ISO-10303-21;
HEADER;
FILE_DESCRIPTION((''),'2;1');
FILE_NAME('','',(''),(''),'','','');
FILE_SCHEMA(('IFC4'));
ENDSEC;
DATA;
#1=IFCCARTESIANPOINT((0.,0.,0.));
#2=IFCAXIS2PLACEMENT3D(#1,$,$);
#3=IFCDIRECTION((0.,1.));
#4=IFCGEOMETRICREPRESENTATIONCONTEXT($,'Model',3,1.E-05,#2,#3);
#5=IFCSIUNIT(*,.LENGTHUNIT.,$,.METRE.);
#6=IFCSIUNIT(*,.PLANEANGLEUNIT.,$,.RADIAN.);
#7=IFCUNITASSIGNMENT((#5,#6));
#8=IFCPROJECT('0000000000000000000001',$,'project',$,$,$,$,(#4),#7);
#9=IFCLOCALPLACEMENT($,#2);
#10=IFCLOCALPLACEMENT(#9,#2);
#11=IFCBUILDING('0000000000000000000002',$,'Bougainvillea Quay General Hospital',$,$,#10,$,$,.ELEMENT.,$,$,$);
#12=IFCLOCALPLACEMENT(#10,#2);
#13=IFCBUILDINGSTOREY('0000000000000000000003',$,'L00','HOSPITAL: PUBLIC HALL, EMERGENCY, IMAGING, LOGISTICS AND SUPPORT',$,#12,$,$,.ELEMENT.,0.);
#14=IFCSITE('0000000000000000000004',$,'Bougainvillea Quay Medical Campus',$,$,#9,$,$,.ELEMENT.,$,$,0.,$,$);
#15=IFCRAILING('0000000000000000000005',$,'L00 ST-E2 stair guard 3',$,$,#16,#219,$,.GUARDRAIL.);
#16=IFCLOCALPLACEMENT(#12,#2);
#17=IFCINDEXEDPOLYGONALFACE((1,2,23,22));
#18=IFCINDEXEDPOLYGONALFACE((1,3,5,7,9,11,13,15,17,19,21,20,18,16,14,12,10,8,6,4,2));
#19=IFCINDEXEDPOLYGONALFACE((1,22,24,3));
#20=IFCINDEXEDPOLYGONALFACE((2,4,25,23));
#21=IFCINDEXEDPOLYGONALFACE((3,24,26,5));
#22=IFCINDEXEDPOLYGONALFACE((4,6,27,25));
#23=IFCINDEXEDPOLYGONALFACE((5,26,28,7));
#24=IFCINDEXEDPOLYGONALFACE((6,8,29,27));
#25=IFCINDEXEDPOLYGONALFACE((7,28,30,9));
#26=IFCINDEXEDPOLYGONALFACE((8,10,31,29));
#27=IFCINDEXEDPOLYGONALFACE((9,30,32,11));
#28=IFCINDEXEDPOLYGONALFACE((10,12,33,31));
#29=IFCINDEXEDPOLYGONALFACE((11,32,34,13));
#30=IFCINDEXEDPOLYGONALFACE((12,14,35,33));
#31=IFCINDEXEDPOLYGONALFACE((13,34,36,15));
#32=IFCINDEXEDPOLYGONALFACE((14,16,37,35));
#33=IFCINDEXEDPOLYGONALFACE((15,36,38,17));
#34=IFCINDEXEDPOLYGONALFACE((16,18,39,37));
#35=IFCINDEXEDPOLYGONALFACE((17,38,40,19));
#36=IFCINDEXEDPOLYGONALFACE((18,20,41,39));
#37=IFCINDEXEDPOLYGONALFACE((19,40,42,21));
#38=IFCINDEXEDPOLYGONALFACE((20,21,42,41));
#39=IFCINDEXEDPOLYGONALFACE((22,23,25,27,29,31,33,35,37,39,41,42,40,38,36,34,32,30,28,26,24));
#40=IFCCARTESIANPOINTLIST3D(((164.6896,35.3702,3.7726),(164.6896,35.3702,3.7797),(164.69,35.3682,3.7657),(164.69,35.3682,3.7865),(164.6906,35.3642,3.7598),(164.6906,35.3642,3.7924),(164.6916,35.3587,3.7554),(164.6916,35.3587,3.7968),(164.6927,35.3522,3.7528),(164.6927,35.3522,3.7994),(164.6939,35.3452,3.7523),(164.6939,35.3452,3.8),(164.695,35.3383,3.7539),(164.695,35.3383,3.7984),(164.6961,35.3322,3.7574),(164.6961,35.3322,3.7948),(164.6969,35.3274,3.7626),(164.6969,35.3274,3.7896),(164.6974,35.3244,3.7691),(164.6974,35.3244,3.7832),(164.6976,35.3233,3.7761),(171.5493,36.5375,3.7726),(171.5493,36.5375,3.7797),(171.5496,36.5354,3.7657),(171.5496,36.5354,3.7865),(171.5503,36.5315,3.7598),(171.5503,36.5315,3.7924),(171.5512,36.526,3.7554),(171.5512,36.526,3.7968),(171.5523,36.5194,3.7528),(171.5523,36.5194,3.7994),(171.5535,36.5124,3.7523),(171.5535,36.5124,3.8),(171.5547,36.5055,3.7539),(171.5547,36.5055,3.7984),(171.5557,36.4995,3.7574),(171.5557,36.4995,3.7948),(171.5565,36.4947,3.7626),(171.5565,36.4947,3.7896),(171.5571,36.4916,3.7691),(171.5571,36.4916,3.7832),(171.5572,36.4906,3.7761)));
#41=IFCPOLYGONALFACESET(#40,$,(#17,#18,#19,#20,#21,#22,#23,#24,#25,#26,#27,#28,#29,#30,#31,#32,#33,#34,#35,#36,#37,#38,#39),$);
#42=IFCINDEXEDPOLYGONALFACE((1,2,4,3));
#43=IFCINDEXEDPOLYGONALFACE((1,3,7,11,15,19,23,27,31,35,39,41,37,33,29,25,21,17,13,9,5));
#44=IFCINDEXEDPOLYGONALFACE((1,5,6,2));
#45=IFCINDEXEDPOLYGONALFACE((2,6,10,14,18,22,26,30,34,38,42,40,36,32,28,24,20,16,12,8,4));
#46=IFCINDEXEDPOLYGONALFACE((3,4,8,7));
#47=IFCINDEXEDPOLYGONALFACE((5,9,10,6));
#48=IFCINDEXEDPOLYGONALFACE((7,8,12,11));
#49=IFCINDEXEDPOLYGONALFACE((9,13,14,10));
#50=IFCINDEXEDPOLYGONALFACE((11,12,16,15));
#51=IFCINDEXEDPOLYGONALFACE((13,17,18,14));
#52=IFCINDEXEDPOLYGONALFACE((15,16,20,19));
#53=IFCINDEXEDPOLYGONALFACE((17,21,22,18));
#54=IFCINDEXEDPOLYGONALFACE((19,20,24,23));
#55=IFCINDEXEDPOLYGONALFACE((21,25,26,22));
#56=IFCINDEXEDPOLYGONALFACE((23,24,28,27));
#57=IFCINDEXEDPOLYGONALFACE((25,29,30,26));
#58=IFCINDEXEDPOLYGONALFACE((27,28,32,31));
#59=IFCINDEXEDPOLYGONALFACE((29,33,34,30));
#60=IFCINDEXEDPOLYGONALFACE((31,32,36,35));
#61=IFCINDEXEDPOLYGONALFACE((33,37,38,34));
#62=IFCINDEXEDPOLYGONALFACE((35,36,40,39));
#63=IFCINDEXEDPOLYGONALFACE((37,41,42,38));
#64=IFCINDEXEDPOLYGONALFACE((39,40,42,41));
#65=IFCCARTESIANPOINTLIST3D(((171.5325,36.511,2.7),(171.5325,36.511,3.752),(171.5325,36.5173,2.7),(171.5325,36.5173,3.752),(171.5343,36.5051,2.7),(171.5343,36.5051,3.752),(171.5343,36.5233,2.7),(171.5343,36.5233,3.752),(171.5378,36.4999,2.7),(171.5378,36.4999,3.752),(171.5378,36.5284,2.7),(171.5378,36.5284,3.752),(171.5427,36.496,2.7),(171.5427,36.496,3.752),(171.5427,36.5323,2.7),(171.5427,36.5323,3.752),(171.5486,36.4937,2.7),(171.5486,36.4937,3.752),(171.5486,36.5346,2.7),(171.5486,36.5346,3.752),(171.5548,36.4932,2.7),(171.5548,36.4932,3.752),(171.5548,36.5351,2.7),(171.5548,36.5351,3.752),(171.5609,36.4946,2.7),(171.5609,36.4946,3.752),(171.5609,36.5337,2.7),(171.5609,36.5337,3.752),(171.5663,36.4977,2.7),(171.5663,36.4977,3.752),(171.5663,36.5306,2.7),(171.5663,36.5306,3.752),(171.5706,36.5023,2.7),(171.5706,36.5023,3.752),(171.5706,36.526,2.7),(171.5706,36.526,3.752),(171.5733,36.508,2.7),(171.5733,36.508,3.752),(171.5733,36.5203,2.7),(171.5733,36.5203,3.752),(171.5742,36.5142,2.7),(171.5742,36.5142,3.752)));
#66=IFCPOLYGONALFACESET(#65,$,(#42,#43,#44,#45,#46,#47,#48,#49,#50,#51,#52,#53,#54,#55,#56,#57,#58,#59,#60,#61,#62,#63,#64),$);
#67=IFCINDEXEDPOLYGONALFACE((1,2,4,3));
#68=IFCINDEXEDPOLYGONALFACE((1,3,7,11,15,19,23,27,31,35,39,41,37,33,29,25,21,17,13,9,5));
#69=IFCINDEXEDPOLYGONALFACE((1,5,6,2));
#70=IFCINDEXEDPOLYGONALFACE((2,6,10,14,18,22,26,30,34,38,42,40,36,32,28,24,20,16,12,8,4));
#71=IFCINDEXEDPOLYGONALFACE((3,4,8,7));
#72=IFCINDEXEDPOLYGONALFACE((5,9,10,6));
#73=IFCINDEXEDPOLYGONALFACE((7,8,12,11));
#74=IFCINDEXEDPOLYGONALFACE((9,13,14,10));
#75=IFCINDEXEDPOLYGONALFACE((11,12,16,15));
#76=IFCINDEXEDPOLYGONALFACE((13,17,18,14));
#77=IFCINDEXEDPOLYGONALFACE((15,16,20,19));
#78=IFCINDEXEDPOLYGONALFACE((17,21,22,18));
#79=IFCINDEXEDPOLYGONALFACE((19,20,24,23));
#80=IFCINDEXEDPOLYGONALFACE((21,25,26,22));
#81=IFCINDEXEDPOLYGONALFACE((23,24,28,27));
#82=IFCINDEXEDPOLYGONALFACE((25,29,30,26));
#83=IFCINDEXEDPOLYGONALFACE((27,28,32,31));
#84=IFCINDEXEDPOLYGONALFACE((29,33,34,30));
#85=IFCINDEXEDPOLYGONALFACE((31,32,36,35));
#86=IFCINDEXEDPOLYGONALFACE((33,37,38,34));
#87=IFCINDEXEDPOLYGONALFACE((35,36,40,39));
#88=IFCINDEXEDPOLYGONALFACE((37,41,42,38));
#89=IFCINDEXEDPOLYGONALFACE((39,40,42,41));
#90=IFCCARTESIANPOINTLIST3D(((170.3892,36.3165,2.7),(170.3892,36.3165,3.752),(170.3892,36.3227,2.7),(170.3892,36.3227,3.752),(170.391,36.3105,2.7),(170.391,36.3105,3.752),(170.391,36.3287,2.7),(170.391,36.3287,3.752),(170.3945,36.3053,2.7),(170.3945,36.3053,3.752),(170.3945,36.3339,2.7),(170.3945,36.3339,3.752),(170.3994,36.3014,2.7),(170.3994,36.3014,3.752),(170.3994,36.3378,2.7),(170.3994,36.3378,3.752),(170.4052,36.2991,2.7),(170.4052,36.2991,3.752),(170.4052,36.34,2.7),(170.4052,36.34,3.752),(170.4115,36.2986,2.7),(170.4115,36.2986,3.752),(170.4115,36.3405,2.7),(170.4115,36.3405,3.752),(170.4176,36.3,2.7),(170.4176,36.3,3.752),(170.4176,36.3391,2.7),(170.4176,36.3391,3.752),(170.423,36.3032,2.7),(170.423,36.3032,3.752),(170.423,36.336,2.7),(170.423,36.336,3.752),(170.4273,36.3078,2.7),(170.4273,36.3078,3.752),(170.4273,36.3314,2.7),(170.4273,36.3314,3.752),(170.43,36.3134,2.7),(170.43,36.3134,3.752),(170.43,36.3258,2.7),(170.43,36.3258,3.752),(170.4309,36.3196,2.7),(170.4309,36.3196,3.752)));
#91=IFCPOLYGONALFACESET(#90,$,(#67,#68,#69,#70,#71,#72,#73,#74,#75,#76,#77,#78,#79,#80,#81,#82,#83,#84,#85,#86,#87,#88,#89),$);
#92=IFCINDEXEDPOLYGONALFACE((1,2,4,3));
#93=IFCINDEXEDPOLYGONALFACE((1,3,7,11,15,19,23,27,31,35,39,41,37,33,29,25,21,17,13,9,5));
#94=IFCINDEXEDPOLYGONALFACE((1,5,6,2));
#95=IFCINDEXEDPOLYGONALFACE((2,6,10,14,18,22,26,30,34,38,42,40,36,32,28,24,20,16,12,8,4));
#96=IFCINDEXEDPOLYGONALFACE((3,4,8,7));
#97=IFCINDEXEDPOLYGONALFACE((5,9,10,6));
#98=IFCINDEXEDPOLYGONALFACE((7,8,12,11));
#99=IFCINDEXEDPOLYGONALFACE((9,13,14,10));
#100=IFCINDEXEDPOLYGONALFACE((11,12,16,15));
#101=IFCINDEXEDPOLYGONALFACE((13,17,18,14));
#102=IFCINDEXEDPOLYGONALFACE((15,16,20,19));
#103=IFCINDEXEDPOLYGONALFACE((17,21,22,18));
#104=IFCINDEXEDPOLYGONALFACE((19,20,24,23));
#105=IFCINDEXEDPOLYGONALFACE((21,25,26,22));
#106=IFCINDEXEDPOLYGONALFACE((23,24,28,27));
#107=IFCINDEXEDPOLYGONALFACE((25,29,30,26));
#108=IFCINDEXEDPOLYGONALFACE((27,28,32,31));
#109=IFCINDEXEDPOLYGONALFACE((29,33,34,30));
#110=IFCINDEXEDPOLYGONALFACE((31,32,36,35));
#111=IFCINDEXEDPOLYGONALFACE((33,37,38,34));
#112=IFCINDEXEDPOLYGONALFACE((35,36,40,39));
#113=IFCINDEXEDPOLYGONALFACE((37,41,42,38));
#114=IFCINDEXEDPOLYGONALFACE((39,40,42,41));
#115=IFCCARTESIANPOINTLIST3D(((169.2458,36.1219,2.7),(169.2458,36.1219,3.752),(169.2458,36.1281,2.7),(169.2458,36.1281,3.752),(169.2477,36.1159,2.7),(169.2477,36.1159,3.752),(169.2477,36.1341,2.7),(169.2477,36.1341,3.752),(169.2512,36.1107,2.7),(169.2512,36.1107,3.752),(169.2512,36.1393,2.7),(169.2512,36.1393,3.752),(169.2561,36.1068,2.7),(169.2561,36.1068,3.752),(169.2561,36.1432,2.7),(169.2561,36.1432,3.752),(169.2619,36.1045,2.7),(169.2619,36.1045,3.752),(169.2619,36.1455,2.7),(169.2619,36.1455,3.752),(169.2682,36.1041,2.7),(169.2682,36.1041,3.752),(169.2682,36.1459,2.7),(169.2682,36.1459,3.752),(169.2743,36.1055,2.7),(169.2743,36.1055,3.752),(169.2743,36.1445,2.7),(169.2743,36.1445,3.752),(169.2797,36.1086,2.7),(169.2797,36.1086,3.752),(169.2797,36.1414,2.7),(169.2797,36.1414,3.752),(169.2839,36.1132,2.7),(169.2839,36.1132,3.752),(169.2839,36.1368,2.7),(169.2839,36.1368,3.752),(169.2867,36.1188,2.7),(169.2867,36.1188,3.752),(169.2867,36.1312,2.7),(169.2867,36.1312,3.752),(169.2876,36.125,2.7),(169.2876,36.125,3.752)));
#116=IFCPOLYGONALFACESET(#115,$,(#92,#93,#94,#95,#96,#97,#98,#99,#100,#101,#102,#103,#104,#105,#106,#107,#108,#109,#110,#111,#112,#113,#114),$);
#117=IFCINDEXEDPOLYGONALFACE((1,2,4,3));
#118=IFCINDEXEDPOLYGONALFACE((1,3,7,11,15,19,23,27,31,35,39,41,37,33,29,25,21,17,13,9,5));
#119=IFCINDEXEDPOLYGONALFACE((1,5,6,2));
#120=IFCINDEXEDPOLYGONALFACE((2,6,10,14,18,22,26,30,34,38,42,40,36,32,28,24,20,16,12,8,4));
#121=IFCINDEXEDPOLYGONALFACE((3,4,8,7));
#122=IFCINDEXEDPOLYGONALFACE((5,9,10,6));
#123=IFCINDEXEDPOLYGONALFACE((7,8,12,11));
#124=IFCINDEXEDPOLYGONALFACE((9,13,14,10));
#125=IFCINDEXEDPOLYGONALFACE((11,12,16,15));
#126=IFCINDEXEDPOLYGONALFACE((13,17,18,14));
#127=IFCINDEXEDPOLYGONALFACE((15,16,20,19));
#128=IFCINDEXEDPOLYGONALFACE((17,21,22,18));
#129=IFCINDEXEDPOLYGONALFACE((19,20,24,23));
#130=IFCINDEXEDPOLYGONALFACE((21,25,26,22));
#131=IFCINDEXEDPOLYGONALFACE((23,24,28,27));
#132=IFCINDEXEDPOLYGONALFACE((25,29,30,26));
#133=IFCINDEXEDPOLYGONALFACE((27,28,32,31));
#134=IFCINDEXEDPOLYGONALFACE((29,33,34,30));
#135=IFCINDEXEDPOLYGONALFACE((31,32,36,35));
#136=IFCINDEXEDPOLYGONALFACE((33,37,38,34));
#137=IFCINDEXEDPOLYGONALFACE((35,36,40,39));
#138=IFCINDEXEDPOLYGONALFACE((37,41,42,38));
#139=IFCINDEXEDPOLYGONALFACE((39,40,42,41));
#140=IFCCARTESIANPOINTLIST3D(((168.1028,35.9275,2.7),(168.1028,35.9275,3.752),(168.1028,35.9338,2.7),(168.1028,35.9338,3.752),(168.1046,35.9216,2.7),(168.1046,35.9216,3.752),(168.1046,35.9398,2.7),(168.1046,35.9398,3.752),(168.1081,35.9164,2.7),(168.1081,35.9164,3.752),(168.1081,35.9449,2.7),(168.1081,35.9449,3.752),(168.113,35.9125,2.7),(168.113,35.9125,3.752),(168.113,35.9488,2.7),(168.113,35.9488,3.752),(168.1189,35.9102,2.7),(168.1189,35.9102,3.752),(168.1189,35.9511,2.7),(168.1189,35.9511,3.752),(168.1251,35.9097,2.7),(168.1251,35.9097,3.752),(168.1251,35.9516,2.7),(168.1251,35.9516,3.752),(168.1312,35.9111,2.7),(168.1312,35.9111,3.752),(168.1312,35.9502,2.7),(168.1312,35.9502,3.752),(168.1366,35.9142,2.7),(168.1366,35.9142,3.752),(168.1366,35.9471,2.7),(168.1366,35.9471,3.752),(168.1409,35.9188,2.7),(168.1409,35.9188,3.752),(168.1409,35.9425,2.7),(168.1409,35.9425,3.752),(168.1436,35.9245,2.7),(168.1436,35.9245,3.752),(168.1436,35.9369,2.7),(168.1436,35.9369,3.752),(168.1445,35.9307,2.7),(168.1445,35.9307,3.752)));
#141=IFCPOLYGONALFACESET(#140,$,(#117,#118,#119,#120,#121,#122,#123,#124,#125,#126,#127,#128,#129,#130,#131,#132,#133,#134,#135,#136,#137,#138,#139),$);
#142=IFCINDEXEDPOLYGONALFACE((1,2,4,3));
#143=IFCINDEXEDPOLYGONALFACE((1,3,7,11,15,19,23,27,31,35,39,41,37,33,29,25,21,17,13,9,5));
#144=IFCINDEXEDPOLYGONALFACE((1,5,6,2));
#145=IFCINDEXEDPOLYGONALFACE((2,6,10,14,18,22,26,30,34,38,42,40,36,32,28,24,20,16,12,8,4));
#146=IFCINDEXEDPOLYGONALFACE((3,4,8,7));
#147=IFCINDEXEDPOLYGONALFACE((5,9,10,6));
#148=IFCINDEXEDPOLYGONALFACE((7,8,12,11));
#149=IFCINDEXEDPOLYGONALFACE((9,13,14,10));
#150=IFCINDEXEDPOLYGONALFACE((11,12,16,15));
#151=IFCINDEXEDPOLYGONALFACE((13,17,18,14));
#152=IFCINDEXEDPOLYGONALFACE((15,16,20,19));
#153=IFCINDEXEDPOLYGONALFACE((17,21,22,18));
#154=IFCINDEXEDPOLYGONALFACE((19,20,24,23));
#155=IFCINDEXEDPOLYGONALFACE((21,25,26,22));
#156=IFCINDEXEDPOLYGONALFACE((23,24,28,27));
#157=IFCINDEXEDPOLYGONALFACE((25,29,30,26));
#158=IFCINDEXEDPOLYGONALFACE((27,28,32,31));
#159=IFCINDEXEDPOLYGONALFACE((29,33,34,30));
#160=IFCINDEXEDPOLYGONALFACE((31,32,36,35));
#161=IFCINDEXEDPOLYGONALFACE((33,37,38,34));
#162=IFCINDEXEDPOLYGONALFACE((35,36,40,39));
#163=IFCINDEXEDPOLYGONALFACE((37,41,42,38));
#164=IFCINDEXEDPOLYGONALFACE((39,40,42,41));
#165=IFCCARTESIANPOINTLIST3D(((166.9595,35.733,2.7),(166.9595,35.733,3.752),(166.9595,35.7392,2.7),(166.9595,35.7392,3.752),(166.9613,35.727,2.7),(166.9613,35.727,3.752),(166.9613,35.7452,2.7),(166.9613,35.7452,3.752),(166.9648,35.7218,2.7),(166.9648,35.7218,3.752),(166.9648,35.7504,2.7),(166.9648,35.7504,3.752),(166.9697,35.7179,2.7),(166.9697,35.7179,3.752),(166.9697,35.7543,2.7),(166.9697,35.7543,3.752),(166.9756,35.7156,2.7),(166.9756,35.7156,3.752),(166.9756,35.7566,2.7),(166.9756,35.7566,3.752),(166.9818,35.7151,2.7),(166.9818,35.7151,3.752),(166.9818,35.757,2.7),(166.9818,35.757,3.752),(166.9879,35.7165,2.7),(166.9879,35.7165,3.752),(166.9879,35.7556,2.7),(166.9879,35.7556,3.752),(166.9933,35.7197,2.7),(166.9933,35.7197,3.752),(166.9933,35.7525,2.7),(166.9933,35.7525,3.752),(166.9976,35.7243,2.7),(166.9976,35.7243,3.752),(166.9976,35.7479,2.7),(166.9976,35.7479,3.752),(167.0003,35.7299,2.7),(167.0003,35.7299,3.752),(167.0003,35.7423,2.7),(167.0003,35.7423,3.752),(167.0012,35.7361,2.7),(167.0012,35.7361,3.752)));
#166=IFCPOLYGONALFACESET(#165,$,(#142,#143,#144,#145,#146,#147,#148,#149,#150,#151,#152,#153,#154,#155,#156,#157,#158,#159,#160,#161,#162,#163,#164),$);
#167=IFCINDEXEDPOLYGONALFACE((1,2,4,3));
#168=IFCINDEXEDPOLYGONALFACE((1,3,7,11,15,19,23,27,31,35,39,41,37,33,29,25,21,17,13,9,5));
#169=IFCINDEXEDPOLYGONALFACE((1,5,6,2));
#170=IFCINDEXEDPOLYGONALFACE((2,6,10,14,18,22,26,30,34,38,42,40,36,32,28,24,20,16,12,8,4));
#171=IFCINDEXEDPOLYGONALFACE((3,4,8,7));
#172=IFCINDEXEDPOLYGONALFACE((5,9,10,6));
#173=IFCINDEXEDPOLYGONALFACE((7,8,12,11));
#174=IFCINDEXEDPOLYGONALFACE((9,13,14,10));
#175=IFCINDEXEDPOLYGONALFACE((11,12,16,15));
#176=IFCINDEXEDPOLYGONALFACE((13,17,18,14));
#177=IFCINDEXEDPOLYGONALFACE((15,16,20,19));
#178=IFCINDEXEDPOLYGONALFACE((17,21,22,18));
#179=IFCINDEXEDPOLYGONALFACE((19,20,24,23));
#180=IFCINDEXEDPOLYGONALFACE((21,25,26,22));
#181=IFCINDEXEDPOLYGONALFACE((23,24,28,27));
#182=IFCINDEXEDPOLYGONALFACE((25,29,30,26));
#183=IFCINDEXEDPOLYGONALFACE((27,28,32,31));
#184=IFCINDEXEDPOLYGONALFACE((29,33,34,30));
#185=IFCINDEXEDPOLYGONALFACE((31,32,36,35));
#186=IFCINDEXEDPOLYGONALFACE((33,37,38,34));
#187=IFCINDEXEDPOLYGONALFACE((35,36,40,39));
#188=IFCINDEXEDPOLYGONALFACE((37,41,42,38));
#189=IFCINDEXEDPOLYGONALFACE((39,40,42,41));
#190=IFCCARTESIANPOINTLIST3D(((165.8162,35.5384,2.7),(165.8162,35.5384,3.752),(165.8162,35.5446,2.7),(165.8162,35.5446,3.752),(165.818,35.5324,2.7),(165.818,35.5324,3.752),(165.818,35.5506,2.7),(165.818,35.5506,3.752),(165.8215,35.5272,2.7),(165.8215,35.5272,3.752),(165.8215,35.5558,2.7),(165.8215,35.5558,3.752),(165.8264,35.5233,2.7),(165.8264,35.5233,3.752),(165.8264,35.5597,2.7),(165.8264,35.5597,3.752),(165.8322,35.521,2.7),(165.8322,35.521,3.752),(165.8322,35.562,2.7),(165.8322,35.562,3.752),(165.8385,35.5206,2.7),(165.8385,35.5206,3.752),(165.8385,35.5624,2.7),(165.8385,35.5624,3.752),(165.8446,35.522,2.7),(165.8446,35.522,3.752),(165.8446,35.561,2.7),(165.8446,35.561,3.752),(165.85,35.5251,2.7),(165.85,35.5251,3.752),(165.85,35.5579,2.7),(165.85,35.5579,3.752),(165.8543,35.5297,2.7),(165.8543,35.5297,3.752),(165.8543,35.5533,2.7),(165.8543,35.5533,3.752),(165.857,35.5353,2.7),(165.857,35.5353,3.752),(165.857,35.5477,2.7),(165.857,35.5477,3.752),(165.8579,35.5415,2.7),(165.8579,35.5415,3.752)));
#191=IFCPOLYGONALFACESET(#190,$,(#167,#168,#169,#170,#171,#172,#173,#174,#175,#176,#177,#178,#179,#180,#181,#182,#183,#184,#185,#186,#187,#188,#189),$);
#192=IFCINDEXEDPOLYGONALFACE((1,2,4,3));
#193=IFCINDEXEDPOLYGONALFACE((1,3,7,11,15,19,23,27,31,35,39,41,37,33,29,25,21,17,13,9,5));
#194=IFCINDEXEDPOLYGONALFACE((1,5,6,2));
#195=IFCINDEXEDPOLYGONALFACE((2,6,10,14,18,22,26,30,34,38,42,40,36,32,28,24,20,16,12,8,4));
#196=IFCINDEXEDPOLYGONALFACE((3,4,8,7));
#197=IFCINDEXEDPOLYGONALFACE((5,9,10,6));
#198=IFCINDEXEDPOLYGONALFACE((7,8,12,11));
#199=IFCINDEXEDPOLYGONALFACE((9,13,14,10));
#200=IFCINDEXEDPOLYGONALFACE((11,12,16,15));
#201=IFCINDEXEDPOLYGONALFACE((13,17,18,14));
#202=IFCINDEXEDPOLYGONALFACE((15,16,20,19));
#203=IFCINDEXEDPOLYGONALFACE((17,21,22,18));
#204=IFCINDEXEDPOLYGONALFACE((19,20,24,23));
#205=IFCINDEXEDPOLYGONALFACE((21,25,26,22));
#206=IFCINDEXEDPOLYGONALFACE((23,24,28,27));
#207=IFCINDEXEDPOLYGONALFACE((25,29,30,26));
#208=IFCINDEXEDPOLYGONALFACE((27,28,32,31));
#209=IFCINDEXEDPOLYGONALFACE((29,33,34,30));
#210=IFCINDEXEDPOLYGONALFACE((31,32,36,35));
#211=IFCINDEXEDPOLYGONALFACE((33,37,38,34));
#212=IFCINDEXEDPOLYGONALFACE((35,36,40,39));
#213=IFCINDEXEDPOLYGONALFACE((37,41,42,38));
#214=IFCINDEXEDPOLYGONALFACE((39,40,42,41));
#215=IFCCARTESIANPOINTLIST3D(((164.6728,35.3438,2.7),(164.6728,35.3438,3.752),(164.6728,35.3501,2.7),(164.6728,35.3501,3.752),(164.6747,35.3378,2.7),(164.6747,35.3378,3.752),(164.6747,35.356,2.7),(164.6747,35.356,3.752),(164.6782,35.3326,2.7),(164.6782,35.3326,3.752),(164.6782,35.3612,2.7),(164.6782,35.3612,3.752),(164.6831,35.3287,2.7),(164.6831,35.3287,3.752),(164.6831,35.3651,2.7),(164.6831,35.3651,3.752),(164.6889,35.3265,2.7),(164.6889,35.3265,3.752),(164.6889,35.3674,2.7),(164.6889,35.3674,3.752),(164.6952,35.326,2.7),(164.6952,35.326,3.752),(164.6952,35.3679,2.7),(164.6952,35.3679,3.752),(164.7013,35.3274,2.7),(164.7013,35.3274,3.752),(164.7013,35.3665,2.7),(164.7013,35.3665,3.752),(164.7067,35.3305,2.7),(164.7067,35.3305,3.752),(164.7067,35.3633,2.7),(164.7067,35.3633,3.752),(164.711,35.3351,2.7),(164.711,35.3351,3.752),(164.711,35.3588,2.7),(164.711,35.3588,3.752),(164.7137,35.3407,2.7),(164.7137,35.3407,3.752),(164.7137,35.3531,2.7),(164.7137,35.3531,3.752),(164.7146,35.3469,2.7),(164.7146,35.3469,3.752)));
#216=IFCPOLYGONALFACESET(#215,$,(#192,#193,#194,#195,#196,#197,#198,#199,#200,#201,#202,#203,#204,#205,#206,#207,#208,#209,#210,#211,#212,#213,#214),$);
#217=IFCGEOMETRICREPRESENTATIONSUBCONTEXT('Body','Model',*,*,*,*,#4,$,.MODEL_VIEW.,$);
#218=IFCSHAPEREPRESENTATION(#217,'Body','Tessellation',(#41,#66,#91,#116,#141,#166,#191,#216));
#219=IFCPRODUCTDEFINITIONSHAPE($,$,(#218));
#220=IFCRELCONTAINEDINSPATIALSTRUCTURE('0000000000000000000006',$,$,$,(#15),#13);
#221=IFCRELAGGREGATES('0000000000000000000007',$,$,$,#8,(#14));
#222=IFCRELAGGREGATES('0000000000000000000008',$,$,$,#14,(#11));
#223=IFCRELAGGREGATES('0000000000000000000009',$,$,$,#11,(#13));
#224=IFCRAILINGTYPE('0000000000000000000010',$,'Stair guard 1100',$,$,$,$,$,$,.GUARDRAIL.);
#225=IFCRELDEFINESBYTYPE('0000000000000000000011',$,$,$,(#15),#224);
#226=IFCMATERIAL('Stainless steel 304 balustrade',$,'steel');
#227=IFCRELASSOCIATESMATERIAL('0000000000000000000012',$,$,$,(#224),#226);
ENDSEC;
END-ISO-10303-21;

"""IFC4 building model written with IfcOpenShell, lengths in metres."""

from ifc_helpers import new_model, si_unit, direction, frame, origin, origin_2d, place, context, subcontext, project, spatial, circle, extrude, material, type_object, element, save


model = new_model("IFC4")

# Units and contexts
model_context = context("Model", 3, precision=1e-05, world=origin(), true_north=direction((0.0, 1.0)))
body_context = subcontext(model_context, "Body", "Model", "MODEL_VIEW")
ifc_project = project(units=[si_unit("LENGTHUNIT", "METRE"), si_unit("PLANEANGLEUNIT", "RADIAN")], contexts=[model_context])

# Site, building, storey
site_placement = place(None, origin())
site = spatial("IfcSite", under=ifc_project, at=site_placement, Name="Bougainvillea Quay Medical Campus", CompositionType="ELEMENT", RefElevation=0.0)
building_placement = place(site_placement, origin())
building = spatial("IfcBuilding", under=site, at=building_placement, Name="Bougainvillea Quay General Hospital", CompositionType="ELEMENT")
storey_placement = place(building_placement, origin())
storey = spatial("IfcBuildingStorey", under=building, at=storey_placement, Name="L00", Description="HOSPITAL: PUBLIC HALL, EMERGENCY, IMAGING, LOGISTICS AND SUPPORT", CompositionType="ELEMENT", Elevation=0.0)

# Railing
ifc_material_1 = material(Name="Stainless steel 304 balustrade", Category="steel")
railing_type_1 = type_object("IfcRailingType", Name="Stair guard 1100", PredefinedType="GUARDRAIL", material=ifc_material_1)
railing_1_placement = place(storey_placement, frame((171.5532, 36.5142, 2.7)))
element("IfcRailing", 1, at=railing_1_placement, inside=storey, type_object=railing_type_1, Name="L00 ST-E2 stair guard 3", PredefinedType="GUARDRAIL", context=body_context, shape_type="SweptSolid", body=[
    extrude(circle(Radius=0.0239, at=origin_2d()), frame((0.0, 0.0, 1.0762), z_axis=(-0.98583, -0.167749, 0.0), x_axis=(0.167749, -0.98583, 0.0)), (0.0, 0.0, 1.0), 6.9583),
    extrude(circle(Radius=0.021, at=origin_2d()), origin(), (0.0, 0.0, 1.0), 1.052),
    extrude(circle(Radius=0.021, at=origin_2d()), frame((-1.1433, -0.1946, 0.0)), (0.0, 0.0, 1.0), 1.052),
    extrude(circle(Radius=0.021, at=origin_2d()), frame((-2.2866, -0.3892, 0.0)), (0.0, 0.0, 1.0), 1.052),
    extrude(circle(Radius=0.021, at=origin_2d()), frame((-3.4297, -0.5835, 0.0)), (0.0, 0.0, 1.0), 1.052),
    extrude(circle(Radius=0.021, at=origin_2d()), frame((-4.573, -0.7781, 0.0)), (0.0, 0.0, 1.0), 1.052),
    extrude(circle(Radius=0.021, at=origin_2d()), frame((-5.7163, -0.9727, 0.0)), (0.0, 0.0, 1.0), 1.052),
    extrude(circle(Radius=0.021, at=origin_2d()), frame((-6.8596, -1.1672, 0.0)), (0.0, 0.0, 1.0), 1.052),
])

save(model, "model.ifc")
